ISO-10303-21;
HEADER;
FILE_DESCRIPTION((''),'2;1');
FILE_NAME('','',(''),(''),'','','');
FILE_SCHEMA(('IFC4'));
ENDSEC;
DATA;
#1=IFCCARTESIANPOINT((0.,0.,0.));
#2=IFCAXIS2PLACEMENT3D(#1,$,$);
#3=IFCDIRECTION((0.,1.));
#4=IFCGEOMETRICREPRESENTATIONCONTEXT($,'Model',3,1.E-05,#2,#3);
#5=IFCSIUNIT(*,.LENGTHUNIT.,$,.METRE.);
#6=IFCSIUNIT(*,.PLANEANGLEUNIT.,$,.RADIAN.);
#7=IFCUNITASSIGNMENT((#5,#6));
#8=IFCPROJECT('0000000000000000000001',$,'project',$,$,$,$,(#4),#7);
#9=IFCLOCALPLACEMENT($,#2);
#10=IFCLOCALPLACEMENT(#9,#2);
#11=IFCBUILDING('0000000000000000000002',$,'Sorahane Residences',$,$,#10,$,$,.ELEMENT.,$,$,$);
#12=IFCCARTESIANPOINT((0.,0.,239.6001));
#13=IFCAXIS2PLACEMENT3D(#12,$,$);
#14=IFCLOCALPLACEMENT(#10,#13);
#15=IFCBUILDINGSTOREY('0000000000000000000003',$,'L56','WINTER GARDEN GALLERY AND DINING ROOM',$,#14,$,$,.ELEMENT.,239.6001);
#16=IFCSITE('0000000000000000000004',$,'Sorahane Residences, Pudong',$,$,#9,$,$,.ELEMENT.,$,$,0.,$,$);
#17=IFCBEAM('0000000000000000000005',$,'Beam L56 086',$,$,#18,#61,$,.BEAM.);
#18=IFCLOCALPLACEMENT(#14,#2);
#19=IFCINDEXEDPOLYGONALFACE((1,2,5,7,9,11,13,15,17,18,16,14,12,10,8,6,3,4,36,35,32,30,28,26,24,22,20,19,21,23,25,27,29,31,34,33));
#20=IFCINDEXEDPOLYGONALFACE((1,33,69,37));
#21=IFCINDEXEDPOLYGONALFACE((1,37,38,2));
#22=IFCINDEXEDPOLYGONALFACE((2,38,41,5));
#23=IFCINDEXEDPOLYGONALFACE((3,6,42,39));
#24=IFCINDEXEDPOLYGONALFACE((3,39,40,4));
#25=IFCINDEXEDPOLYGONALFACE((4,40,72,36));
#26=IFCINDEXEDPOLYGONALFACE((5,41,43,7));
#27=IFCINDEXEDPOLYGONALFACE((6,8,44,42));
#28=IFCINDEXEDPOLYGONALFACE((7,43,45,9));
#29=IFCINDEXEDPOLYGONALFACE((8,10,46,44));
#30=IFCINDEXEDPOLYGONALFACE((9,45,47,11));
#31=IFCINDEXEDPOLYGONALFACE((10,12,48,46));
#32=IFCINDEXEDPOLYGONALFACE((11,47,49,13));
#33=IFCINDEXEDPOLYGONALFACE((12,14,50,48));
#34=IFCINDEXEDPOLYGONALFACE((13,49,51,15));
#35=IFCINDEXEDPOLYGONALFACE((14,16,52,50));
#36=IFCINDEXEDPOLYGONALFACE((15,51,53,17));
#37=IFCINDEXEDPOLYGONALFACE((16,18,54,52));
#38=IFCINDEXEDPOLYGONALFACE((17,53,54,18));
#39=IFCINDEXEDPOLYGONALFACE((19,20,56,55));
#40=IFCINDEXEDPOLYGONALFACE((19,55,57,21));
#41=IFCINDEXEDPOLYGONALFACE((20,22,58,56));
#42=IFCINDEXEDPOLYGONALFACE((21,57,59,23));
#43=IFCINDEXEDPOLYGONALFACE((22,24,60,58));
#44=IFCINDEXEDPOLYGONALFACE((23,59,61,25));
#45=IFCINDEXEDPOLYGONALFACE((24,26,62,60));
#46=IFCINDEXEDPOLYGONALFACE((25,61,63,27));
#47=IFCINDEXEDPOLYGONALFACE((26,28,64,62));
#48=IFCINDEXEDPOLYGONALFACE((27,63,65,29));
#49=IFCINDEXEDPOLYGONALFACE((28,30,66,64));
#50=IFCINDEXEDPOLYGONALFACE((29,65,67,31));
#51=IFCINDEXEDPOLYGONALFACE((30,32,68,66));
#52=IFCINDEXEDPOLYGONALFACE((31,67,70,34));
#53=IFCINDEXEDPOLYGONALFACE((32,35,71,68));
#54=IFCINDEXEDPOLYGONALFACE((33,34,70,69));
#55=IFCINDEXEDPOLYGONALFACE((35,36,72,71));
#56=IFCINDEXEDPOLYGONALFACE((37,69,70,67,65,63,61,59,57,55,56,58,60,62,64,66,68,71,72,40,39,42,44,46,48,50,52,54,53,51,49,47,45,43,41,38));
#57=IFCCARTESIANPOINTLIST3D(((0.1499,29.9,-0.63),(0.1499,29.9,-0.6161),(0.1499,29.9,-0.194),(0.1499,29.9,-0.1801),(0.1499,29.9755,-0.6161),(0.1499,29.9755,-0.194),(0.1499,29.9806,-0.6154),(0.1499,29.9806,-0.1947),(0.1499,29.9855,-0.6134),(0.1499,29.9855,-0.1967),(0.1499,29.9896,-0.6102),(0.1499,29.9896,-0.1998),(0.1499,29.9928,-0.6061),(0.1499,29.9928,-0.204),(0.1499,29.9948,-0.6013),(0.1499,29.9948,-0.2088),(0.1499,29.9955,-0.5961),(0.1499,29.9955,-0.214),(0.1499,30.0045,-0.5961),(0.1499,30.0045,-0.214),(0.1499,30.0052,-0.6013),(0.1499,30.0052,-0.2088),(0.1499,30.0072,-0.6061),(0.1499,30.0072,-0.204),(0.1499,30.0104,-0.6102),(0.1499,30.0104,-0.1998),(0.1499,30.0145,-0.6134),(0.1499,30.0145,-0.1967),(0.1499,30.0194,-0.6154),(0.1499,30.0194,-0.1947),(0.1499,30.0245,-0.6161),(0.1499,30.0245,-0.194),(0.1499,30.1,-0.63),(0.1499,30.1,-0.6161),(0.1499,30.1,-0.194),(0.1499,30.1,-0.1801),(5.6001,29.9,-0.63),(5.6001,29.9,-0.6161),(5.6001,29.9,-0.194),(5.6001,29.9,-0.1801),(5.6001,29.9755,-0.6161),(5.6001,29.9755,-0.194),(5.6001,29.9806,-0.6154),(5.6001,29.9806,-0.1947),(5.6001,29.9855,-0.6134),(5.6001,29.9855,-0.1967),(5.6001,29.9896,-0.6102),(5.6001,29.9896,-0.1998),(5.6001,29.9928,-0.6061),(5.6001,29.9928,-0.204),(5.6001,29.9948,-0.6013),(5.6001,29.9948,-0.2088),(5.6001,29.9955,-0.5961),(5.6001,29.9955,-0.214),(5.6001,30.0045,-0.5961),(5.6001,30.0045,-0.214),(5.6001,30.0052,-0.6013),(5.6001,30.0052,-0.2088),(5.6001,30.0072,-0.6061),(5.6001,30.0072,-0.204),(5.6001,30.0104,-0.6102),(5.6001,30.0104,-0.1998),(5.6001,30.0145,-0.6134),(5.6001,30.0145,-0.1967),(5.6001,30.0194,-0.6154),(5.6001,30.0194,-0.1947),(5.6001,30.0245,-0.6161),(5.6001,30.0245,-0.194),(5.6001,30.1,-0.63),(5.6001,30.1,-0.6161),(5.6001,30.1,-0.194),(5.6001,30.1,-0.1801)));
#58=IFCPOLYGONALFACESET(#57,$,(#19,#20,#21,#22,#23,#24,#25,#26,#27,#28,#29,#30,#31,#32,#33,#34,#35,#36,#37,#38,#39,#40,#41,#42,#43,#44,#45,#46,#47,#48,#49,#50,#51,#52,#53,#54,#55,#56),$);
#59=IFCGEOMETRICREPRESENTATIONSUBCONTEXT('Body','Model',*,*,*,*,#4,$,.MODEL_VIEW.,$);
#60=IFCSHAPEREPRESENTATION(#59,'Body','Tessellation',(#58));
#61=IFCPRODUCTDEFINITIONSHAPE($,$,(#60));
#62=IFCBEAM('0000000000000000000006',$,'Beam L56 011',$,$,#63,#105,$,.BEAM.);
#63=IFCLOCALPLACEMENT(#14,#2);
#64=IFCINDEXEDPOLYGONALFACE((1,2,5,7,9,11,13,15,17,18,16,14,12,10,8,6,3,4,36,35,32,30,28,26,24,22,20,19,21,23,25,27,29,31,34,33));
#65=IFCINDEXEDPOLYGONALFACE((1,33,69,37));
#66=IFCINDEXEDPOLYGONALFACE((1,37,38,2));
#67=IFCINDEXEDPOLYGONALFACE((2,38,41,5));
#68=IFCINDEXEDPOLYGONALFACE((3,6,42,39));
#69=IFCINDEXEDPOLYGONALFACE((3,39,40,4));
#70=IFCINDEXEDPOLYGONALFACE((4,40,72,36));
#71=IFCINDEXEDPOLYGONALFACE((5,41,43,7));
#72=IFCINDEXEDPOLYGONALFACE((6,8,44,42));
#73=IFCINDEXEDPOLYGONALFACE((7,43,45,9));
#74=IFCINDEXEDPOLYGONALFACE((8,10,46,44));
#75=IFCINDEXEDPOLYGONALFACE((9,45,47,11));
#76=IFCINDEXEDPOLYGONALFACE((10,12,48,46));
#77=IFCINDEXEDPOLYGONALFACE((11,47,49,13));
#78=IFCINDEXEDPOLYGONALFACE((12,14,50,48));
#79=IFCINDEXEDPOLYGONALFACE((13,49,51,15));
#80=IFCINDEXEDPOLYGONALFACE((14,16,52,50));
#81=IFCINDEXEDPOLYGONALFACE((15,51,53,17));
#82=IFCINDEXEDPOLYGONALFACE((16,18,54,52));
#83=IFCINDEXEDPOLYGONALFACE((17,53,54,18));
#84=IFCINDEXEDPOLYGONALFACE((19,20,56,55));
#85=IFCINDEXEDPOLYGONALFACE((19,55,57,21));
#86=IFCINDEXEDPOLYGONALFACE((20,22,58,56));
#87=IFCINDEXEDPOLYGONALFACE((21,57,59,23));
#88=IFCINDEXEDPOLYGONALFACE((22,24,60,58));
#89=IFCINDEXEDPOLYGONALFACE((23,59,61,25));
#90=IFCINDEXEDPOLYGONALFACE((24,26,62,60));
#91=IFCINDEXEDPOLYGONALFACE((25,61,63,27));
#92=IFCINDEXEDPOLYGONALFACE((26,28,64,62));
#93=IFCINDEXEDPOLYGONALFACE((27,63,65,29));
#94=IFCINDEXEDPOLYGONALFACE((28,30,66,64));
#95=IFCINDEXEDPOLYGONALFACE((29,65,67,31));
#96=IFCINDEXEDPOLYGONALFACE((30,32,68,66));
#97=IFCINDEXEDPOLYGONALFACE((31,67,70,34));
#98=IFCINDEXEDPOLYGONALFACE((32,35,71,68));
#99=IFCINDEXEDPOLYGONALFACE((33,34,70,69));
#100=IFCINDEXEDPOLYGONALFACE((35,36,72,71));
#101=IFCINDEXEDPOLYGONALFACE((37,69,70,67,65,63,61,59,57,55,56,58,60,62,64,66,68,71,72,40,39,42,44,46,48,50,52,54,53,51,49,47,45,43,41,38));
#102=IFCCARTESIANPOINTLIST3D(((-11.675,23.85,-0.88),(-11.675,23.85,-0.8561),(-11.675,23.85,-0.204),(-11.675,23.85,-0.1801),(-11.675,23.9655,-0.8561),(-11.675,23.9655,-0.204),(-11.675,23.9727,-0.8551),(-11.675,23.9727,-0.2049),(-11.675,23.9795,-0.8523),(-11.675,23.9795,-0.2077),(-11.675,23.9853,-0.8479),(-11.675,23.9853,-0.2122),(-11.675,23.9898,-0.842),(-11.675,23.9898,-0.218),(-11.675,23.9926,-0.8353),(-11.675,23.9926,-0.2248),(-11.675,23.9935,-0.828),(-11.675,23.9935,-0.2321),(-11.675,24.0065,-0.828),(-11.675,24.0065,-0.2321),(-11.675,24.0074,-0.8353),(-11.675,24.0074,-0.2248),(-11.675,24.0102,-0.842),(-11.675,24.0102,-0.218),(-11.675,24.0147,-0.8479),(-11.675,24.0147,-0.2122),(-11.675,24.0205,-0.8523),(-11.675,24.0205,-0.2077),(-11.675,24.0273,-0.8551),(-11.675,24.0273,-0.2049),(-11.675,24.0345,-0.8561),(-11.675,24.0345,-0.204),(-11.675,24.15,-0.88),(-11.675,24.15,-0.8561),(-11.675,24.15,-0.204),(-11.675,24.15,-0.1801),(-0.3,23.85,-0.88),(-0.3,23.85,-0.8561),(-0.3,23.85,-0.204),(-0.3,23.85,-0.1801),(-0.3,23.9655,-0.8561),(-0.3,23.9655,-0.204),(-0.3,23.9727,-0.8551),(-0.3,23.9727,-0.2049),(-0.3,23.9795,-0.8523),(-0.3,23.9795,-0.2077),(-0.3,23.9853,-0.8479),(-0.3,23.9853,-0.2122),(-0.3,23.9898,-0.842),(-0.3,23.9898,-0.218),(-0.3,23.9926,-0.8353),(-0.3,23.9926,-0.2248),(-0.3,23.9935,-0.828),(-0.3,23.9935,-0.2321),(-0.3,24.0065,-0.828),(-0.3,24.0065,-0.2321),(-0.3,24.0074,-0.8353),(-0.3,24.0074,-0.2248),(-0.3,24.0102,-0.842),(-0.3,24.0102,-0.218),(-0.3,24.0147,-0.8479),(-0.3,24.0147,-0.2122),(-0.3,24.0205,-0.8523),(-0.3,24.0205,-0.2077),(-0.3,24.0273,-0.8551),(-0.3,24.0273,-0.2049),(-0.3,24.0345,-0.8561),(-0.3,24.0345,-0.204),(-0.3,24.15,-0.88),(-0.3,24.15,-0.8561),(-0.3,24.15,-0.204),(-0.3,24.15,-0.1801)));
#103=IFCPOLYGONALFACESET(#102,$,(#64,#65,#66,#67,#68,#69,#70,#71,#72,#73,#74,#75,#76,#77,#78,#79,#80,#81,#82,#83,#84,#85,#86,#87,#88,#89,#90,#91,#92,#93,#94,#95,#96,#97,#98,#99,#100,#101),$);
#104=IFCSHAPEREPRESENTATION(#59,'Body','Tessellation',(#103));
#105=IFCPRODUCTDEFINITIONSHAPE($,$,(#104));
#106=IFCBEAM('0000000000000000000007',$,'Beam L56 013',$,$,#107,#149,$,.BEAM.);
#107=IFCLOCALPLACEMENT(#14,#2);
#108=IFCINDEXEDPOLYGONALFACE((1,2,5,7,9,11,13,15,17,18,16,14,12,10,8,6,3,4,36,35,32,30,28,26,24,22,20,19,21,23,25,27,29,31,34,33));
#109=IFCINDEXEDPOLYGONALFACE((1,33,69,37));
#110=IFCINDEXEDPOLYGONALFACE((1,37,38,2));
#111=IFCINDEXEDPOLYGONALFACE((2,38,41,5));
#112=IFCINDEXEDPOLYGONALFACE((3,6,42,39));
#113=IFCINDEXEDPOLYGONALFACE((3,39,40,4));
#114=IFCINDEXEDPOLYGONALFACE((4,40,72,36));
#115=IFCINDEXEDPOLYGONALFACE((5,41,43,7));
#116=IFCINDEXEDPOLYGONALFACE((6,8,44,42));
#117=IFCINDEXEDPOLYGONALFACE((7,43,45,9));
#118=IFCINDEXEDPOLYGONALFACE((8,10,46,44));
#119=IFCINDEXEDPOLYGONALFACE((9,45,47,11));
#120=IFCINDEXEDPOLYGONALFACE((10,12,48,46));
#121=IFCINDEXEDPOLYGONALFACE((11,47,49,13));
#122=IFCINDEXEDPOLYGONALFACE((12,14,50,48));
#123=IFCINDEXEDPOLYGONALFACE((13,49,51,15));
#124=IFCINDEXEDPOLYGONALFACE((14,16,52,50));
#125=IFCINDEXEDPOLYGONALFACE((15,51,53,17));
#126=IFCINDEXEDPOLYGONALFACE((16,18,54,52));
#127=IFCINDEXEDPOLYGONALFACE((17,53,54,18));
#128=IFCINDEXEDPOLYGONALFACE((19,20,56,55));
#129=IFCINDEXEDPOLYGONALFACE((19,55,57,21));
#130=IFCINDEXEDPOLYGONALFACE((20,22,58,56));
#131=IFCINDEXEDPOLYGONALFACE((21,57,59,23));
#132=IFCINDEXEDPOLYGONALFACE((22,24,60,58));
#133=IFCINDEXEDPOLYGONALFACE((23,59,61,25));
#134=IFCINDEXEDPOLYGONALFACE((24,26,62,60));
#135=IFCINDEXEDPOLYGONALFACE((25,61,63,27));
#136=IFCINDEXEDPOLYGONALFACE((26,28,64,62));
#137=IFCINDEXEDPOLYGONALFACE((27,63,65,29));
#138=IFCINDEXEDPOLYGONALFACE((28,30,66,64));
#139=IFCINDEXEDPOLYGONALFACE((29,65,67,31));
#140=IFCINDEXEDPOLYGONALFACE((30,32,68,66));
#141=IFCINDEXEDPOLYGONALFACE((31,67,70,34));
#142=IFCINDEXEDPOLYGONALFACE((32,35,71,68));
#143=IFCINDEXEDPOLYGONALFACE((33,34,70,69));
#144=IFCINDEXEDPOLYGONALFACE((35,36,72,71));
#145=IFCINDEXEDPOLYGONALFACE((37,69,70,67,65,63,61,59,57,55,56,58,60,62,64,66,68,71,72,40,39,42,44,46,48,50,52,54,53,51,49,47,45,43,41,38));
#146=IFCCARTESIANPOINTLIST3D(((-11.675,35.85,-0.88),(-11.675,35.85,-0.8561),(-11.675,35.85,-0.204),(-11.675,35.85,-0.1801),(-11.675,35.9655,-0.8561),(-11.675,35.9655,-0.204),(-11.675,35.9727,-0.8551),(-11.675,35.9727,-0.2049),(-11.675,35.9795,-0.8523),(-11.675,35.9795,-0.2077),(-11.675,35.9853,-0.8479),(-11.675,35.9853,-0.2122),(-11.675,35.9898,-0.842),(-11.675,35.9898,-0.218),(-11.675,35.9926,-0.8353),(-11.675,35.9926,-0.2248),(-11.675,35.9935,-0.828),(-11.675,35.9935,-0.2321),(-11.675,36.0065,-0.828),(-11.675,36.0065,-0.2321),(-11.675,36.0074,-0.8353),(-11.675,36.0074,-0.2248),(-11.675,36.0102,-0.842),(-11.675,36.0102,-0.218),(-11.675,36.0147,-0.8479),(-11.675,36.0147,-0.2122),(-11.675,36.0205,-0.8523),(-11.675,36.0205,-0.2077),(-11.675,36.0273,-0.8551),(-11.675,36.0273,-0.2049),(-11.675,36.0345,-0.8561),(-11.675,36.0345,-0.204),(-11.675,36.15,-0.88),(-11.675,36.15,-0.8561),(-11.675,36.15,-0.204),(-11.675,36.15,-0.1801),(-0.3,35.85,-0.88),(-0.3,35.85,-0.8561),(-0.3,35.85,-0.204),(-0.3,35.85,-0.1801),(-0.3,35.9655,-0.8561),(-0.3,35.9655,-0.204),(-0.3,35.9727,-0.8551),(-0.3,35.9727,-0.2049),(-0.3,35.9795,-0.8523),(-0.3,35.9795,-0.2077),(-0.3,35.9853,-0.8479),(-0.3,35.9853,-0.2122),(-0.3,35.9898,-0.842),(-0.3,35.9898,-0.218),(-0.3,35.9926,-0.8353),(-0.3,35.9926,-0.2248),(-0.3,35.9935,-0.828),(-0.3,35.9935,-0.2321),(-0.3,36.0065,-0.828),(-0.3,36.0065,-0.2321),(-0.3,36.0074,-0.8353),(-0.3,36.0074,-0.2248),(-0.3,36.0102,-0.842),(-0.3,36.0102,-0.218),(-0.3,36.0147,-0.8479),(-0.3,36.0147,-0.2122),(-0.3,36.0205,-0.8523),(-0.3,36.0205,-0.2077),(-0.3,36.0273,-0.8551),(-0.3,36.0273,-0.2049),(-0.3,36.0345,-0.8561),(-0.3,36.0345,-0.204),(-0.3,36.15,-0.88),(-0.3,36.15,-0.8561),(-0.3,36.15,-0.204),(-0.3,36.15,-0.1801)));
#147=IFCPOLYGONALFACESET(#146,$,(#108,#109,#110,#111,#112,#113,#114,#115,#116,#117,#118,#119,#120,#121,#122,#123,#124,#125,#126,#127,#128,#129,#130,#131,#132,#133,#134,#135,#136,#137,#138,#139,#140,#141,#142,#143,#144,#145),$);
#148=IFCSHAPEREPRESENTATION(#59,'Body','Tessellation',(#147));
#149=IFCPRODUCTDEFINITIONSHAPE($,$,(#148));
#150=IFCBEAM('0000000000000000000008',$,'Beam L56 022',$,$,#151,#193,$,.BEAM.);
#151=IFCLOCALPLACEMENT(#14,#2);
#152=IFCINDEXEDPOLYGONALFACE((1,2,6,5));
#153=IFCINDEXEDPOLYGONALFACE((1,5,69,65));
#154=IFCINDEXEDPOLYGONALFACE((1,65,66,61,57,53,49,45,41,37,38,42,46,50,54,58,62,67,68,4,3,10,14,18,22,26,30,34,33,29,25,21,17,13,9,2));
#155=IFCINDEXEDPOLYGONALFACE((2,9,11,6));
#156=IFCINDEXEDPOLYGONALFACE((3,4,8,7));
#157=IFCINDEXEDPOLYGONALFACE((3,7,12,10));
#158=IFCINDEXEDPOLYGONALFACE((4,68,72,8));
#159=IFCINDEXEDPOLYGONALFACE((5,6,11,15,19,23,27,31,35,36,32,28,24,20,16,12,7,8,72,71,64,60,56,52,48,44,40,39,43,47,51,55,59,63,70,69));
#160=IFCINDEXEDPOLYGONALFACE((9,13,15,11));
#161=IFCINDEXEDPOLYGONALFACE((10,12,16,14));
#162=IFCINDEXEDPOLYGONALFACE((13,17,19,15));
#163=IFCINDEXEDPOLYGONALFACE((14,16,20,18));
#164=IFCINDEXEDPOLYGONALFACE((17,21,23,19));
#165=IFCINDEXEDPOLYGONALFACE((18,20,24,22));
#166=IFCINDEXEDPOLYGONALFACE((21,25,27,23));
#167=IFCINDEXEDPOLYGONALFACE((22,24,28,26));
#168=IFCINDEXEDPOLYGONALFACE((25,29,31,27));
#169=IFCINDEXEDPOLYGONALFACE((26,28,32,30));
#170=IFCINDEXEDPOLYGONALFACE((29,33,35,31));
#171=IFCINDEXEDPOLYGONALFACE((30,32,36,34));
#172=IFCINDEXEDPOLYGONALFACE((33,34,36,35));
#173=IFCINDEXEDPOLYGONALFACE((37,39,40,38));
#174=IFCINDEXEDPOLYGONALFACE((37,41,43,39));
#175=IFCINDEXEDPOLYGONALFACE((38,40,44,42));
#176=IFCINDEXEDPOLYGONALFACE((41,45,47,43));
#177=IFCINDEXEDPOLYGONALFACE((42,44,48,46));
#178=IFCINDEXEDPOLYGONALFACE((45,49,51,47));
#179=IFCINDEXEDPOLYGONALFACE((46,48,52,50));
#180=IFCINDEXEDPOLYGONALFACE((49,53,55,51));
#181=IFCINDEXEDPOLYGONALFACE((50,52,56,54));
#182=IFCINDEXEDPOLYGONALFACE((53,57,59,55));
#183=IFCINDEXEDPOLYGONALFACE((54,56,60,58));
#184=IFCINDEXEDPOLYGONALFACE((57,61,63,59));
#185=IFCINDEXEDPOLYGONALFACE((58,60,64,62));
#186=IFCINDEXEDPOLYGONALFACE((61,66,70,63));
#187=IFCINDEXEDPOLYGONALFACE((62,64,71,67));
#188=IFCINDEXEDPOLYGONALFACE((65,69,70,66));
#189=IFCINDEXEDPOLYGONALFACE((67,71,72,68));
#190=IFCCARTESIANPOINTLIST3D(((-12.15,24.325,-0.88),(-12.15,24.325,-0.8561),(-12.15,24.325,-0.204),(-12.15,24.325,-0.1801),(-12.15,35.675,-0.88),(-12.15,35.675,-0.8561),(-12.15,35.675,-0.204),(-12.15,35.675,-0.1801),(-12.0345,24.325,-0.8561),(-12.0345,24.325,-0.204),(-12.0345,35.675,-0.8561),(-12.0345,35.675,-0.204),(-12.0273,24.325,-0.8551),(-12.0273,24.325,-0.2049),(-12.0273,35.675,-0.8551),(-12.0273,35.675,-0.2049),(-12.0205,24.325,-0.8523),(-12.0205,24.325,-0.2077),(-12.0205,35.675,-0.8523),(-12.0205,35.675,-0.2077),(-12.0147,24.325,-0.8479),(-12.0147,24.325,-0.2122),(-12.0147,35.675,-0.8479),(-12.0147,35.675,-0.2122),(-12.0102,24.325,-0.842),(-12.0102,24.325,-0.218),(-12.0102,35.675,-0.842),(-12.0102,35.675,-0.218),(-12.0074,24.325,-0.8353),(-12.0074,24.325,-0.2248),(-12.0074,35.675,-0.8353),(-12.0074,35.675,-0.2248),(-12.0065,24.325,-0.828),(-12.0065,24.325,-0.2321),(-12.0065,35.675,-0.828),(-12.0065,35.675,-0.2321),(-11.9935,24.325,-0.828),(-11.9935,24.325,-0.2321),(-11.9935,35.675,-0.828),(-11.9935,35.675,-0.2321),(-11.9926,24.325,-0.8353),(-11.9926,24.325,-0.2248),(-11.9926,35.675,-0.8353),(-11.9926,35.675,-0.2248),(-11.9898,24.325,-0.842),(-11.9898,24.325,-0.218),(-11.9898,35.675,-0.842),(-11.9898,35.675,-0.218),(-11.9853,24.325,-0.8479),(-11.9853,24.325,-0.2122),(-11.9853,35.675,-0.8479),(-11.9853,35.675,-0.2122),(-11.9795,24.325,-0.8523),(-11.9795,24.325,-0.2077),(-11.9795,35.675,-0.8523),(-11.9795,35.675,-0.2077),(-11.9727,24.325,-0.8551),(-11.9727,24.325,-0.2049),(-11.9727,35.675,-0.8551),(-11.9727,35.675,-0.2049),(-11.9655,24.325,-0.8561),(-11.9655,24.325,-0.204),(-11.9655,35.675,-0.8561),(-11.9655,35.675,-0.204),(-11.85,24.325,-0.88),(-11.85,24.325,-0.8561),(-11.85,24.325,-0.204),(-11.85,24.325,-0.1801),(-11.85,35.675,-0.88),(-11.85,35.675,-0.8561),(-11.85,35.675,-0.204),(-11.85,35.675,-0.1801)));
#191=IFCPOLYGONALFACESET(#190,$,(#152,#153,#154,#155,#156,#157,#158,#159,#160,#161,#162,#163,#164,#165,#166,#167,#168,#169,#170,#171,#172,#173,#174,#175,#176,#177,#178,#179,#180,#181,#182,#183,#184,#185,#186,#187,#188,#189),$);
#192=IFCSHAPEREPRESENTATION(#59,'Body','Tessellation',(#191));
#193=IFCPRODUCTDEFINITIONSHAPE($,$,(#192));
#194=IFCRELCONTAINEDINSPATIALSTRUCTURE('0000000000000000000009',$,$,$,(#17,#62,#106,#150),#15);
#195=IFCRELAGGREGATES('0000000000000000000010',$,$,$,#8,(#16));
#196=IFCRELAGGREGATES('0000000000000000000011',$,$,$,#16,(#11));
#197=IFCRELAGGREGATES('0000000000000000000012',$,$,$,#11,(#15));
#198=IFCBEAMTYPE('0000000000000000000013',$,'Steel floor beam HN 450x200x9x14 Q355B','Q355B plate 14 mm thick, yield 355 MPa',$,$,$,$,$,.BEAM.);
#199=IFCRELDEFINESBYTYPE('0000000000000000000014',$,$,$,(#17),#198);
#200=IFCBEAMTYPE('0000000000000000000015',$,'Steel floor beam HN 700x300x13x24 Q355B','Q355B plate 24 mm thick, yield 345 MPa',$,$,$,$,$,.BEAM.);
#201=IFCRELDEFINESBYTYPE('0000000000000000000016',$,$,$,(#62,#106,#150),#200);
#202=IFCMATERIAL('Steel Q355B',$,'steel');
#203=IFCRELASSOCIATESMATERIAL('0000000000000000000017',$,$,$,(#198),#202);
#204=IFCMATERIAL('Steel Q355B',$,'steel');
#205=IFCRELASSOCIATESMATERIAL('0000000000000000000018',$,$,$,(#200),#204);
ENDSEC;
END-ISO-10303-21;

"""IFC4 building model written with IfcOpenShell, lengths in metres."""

from ifc_helpers import new_model, si_unit, direction, frame, origin, origin_2d, place, context, subcontext, project, spatial, i_section, extrude, material, material_profile, profile_set, type_object, element, save


model = new_model("IFC4")

# Units and contexts
model_context = context("Model", 3, precision=1e-05, world=origin(), true_north=direction((0.0, 1.0)))
body_context = subcontext(model_context, "Body", "Model", "MODEL_VIEW")
ifc_project = project(units=[si_unit("LENGTHUNIT", "METRE"), si_unit("PLANEANGLEUNIT", "RADIAN")], contexts=[model_context])

# Site, building, storey
site_placement = place(None, origin())
site = spatial("IfcSite", under=ifc_project, at=site_placement, Name="Sorahane Residences, Pudong", CompositionType="ELEMENT", RefElevation=0.0)
building_placement = place(site_placement, origin())
building = spatial("IfcBuilding", under=site, at=building_placement, Name="Sorahane Residences", CompositionType="ELEMENT")
storey_placement = place(building_placement, frame((0.0, 0.0, 239.6001)))
storey = spatial("IfcBuildingStorey", under=building, at=storey_placement, Name="L56", Description="WINTER GARDEN GALLERY AND DINING ROOM", CompositionType="ELEMENT", Elevation=239.6001)

# Beams
ifc_material_1 = material(Name="Steel Q355B", Category="steel")
ifc_material_profile_1 = material_profile(ifc_material_1, i_section(OverallWidth=0.2, OverallDepth=0.45, WebThickness=0.009, FlangeThickness=0.0139, FilletRadius=0.02, at=origin_2d()), Name="HN 450x200x9x14")
ifc_profile_set_1 = profile_set([ifc_material_profile_1], Name="Steel Q355B")
beam_type_1 = type_object("IfcBeamType", Name="Steel floor beam HN 450x200x9x14 Q355B", Description="Q355B plate 14 mm thick, yield 355 MPa", PredefinedType="BEAM", material=ifc_profile_set_1)
beam_1_placement = place(storey_placement, frame((0.1499, 30.0, -0.405), z_axis=(1.0, 0.0, 0.0), x_axis=(0.0, 1.0, 0.0)))
element("IfcBeam", 1, at=beam_1_placement, inside=storey, type_object=beam_type_1, Name="Beam L56 086", PredefinedType="BEAM", context=body_context, shape_type="SweptSolid", body=[
    extrude(i_section(OverallWidth=0.2, OverallDepth=0.45, WebThickness=0.009, FlangeThickness=0.0139, FilletRadius=0.02, at=origin_2d()), origin(), (0.0, 0.0, 1.0), 5.4502),
])
ifc_material_2 = material(Name="Steel Q355B", Category="steel")
ifc_material_profile_2 = material_profile(ifc_material_2, i_section(OverallWidth=0.3, OverallDepth=0.7, WebThickness=0.0129, FlangeThickness=0.0239, FilletRadius=0.0281, at=origin_2d()), Name="HN 700x300x13x24")
ifc_profile_set_2 = profile_set([ifc_material_profile_2], Name="Steel Q355B")
beam_type_2 = type_object("IfcBeamType", Name="Steel floor beam HN 700x300x13x24 Q355B", Description="Q355B plate 24 mm thick, yield 345 MPa", PredefinedType="BEAM", material=ifc_profile_set_2)
for number, where, z_axis, x_axis, name in (
    (2, (-11.675, 24.0, -0.53), (1.0, 0.0, 0.0), (0.0, 1.0, 0.0), "Beam L56 011"),
    (3, (-11.675, 36.0, -0.53), (1.0, 0.0, 0.0), (0.0, 1.0, 0.0), "Beam L56 013"),
):
    element("IfcBeam", number, at=place(storey_placement, frame(where, z_axis=z_axis, x_axis=x_axis)), inside=storey, type_object=beam_type_2, Name=name, PredefinedType="BEAM", context=body_context, shape_type="SweptSolid", body=[
        extrude(i_section(OverallWidth=0.3, OverallDepth=0.7, WebThickness=0.0129, FlangeThickness=0.0239, FilletRadius=0.0281, at=origin_2d()), origin(), (0.0, 0.0, 1.0), 11.375),
    ])
beam_2_placement = place(storey_placement, frame((-12.0, 24.325, -0.53), z_axis=(0.0, 1.0, 0.0), x_axis=(-1.0, 0.0, 0.0)))
element("IfcBeam", 4, at=beam_2_placement, inside=storey, type_object=beam_type_2, Name="Beam L56 022", PredefinedType="BEAM", context=body_context, shape_type="SweptSolid", body=[
    extrude(i_section(OverallWidth=0.3, OverallDepth=0.7, WebThickness=0.0129, FlangeThickness=0.0239, FilletRadius=0.0281, at=origin_2d()), origin(), (0.0, 0.0, 1.0), 11.3501),
])

save(model, "model.ifc")
